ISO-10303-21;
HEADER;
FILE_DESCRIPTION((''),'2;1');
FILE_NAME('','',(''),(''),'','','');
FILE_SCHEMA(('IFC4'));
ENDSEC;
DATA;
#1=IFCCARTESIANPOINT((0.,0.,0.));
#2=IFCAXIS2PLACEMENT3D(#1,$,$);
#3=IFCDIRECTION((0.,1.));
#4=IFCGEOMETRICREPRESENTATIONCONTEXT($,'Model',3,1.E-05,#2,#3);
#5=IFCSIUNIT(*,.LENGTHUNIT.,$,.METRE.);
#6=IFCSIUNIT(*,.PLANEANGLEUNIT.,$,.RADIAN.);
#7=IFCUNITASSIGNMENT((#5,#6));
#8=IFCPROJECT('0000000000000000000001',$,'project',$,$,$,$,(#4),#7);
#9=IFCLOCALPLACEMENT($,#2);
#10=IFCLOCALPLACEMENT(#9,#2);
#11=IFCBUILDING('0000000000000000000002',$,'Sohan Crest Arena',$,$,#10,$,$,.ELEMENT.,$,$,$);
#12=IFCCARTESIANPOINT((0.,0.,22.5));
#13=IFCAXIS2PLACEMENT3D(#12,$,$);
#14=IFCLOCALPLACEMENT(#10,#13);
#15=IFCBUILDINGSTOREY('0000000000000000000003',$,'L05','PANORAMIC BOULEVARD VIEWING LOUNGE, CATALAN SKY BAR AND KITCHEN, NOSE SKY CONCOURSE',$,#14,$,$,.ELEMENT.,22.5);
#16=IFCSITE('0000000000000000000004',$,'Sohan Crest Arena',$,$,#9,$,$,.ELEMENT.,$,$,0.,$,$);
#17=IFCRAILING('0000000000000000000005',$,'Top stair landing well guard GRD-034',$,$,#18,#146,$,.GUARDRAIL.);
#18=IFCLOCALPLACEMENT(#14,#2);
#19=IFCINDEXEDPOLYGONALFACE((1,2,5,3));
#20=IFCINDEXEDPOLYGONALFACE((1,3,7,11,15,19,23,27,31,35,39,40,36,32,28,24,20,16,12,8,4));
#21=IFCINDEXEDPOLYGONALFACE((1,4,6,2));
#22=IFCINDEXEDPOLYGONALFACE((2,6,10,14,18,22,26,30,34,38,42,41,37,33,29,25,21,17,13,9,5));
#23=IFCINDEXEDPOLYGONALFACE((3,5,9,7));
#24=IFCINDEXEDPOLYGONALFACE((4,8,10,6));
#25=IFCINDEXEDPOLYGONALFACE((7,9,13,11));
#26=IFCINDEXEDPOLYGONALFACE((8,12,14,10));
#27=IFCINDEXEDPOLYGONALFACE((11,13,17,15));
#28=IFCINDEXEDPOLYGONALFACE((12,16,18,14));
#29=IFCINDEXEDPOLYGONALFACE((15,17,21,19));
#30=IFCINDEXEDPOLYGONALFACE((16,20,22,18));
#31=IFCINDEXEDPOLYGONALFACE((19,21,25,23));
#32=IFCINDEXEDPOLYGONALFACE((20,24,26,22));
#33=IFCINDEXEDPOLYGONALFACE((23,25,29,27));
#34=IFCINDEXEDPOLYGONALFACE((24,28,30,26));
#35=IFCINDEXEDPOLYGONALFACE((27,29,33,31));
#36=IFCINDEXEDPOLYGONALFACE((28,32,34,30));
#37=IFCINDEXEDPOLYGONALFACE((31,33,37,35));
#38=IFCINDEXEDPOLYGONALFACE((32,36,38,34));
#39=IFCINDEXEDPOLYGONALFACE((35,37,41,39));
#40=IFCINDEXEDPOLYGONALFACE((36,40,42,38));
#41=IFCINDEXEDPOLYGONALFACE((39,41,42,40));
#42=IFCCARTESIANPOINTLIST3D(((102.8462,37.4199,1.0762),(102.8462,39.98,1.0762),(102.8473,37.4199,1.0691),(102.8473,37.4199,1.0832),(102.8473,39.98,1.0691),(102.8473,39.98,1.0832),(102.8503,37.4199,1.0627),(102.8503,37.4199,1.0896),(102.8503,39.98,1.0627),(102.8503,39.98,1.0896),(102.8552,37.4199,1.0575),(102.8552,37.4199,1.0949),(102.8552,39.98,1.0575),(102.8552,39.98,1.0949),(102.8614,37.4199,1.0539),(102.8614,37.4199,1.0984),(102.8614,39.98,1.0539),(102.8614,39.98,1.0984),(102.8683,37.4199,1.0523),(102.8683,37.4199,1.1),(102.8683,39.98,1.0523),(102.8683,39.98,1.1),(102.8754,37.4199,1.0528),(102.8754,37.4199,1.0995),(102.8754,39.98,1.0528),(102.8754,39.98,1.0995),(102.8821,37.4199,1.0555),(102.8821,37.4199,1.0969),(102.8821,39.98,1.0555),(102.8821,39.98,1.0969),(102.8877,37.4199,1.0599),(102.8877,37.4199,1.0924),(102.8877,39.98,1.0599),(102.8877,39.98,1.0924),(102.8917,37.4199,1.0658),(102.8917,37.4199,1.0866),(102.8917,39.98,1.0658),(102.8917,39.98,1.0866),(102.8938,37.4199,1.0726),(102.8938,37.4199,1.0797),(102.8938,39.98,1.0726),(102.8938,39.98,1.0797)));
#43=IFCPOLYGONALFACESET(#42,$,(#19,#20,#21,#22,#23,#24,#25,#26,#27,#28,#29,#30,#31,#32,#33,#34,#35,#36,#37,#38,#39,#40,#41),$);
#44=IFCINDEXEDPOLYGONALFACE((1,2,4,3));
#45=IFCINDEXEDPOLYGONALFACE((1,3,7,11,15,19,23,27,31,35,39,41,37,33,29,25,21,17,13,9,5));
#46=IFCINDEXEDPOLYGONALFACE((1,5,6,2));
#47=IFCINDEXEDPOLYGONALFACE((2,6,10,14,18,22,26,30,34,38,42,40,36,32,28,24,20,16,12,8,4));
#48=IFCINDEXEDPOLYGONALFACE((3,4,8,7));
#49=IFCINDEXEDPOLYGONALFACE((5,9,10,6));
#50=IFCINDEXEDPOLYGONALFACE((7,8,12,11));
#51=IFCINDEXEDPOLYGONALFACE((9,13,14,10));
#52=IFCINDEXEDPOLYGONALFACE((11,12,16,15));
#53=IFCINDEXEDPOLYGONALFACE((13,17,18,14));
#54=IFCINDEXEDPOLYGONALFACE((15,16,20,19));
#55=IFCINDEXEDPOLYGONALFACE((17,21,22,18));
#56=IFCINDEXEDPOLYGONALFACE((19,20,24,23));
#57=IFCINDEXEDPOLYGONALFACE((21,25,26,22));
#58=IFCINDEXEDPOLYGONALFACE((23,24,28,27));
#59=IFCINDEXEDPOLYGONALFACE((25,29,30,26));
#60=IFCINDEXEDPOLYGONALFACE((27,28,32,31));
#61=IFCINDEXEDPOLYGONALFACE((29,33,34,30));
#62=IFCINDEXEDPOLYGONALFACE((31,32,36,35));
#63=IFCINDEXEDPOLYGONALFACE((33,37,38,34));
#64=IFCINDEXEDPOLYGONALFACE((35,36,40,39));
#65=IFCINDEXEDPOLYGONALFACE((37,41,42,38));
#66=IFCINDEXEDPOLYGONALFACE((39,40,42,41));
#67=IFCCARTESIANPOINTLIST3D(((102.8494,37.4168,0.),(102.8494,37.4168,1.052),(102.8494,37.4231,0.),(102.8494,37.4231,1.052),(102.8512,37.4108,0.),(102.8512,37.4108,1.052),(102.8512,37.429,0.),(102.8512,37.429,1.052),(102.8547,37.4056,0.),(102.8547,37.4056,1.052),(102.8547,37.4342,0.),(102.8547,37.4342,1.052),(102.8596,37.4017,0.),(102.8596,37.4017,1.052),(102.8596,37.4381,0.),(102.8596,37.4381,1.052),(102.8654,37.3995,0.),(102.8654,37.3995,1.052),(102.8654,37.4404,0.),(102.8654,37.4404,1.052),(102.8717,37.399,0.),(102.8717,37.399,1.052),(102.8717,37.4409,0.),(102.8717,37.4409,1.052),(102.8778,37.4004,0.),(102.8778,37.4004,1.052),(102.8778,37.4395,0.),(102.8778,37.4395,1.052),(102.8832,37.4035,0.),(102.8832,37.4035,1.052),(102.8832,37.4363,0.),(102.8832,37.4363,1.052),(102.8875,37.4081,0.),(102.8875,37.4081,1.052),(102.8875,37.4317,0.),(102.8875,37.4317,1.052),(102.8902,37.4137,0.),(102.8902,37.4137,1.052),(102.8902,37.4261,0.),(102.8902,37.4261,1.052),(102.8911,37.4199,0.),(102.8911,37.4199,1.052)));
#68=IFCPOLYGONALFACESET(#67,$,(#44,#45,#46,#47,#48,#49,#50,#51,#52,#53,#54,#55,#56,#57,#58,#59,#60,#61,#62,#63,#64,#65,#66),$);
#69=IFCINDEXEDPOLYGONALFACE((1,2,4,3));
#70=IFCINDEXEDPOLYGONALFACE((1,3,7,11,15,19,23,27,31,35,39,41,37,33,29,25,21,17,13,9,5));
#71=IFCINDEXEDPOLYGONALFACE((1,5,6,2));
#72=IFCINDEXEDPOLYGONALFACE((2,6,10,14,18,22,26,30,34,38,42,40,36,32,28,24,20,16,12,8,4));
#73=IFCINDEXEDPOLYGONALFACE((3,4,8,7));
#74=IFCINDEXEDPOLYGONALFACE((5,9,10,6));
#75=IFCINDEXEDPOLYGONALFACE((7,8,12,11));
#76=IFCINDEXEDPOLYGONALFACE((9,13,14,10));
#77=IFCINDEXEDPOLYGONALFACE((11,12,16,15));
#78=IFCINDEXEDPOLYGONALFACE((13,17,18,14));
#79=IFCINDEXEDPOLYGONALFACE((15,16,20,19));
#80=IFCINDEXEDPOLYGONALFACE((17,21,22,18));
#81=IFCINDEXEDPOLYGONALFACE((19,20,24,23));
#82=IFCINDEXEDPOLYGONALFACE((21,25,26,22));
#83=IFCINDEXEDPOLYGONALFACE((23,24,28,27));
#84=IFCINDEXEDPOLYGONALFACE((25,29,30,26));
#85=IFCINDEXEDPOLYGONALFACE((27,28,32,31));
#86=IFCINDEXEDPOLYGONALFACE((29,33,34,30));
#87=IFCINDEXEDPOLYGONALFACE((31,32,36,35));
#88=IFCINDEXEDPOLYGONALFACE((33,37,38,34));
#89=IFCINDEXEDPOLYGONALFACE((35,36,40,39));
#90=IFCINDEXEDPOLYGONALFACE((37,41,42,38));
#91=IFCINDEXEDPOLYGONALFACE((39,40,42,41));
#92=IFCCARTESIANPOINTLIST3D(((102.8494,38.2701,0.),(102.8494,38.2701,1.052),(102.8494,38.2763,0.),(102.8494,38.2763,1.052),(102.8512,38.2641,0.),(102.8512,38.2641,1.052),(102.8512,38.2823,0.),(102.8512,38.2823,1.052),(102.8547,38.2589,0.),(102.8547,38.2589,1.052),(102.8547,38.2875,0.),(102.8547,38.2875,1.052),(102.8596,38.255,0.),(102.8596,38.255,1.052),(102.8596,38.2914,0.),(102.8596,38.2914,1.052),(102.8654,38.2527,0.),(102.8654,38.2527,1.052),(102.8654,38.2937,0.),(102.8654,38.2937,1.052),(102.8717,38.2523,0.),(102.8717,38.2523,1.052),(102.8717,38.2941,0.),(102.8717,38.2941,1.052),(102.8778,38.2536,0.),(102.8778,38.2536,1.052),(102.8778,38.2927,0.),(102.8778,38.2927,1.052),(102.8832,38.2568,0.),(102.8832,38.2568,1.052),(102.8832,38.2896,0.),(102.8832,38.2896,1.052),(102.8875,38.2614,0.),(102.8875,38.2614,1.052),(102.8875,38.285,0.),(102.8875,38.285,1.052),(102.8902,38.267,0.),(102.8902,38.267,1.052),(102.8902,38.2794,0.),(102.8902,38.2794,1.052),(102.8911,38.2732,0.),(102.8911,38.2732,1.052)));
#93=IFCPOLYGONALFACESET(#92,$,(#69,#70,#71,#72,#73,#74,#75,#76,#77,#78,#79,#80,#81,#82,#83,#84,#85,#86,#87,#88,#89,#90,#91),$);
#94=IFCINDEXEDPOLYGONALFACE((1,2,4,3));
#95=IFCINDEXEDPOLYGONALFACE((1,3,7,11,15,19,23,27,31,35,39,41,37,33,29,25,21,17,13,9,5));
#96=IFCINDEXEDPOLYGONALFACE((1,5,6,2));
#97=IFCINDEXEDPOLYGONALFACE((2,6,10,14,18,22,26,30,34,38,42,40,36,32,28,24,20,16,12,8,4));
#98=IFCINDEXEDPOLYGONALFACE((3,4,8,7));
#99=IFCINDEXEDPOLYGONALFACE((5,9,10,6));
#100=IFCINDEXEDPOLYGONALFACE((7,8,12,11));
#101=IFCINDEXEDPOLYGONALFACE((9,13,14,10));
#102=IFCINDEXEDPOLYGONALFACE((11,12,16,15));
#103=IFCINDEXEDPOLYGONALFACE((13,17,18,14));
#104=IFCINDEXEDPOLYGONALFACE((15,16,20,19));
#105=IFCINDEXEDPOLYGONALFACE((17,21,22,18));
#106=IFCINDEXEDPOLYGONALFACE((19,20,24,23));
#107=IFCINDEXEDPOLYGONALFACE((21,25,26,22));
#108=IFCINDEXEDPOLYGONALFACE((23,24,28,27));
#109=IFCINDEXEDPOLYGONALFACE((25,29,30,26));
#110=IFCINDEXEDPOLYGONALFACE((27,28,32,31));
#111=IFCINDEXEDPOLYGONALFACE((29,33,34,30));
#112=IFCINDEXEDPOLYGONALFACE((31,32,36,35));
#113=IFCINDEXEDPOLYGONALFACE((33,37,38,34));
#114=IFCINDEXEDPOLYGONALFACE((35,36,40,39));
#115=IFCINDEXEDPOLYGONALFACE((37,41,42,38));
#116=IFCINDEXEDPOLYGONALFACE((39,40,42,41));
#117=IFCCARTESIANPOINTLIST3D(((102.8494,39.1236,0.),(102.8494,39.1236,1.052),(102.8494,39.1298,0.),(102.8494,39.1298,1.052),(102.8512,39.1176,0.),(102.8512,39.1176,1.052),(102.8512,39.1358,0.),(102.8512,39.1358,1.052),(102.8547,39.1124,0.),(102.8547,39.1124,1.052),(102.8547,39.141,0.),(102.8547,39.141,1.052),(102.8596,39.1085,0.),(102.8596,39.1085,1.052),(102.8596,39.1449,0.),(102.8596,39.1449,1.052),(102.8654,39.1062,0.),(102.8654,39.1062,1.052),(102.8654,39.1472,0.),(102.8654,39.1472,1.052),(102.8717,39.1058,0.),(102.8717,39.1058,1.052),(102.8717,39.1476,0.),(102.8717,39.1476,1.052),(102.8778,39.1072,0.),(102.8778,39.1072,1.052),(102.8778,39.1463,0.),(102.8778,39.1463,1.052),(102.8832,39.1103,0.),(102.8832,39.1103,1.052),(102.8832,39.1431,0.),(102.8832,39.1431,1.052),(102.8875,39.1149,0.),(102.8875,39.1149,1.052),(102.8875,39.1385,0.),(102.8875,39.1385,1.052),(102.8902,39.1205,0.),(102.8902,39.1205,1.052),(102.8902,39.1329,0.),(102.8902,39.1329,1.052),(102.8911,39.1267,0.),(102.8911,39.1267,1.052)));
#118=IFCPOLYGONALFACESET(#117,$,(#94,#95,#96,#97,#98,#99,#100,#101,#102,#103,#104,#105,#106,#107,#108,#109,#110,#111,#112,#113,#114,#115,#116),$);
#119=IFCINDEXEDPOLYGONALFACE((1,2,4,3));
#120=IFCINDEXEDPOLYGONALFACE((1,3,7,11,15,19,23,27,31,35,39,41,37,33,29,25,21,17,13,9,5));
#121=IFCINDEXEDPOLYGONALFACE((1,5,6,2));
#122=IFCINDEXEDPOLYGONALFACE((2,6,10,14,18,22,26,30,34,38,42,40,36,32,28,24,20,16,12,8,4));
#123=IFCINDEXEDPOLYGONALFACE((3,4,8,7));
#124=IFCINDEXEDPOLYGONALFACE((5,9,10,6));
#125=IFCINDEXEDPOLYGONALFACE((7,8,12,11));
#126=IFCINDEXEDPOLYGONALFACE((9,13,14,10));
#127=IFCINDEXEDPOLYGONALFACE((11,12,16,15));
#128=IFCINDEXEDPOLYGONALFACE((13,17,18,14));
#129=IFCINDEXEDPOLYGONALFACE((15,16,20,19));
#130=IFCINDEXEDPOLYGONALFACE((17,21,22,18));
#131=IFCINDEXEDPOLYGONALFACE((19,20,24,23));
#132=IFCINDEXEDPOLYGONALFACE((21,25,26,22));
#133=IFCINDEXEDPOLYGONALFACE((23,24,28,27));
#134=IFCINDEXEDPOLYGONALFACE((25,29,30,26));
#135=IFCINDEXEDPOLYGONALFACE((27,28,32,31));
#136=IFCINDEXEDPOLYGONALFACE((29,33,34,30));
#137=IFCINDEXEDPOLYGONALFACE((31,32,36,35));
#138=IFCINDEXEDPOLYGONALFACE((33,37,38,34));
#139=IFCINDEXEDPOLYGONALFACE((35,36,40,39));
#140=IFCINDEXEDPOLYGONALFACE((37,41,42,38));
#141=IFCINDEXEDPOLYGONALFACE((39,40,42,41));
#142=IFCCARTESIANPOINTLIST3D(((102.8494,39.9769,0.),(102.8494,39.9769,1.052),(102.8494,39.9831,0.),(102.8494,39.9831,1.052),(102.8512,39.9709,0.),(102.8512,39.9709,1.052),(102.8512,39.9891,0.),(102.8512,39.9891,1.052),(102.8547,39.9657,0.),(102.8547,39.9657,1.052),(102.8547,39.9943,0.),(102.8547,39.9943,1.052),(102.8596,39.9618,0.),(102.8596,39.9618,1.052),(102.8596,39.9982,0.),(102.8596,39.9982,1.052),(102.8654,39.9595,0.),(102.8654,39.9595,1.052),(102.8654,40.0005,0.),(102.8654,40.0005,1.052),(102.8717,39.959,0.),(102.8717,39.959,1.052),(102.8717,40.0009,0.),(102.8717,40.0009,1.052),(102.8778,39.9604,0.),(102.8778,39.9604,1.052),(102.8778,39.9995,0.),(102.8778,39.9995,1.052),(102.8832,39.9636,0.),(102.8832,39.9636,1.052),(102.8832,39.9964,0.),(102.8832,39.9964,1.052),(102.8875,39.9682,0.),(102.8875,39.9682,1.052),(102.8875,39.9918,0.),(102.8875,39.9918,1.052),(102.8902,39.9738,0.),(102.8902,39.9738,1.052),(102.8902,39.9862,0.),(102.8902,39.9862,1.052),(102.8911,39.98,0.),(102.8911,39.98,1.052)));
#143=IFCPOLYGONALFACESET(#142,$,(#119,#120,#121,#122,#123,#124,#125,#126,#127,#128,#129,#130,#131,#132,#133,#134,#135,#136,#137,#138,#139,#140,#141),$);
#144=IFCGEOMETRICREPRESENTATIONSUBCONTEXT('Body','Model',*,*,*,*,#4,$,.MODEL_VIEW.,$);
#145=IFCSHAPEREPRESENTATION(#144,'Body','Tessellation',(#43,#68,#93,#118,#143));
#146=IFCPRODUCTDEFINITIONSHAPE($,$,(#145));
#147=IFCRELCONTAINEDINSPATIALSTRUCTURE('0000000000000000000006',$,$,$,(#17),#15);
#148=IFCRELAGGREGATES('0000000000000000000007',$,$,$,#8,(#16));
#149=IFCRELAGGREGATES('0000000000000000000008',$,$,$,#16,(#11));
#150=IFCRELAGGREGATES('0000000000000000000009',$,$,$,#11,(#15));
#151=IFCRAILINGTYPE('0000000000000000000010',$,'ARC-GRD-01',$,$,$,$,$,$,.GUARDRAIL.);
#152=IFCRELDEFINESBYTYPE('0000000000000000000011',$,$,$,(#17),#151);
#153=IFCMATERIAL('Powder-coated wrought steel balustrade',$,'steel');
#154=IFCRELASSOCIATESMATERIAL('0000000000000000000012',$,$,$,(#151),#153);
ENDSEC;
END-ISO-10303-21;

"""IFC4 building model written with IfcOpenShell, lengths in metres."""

from ifc_helpers import new_model, si_unit, direction, frame, origin, origin_2d, place, context, subcontext, project, spatial, circle, extrude, material, type_object, element, save


model = new_model("IFC4")

# Units and contexts
model_context = context("Model", 3, precision=1e-05, world=origin(), true_north=direction((0.0, 1.0)))
body_context = subcontext(model_context, "Body", "Model", "MODEL_VIEW")
ifc_project = project(units=[si_unit("LENGTHUNIT", "METRE"), si_unit("PLANEANGLEUNIT", "RADIAN")], contexts=[model_context])

# Site, building, storey
site_placement = place(None, origin())
site = spatial("IfcSite", under=ifc_project, at=site_placement, Name="Sohan Crest Arena", CompositionType="ELEMENT", RefElevation=0.0)
building_placement = place(site_placement, origin())
building = spatial("IfcBuilding", under=site, at=building_placement, Name="Sohan Crest Arena", CompositionType="ELEMENT")
storey_placement = place(building_placement, frame((0.0, 0.0, 22.5)))
storey = spatial("IfcBuildingStorey", under=building, at=storey_placement, Name="L05", Description="PANORAMIC BOULEVARD VIEWING LOUNGE, CATALAN SKY BAR AND KITCHEN, NOSE SKY CONCOURSE", CompositionType="ELEMENT", Elevation=22.5)

# Railing
ifc_material_1 = material(Name="Powder-coated wrought steel balustrade", Category="steel")
railing_type = type_object("IfcRailingType", Name="ARC-GRD-01", PredefinedType="GUARDRAIL", material=ifc_material_1)
railing_placement = place(storey_placement, frame((102.8701, 37.4199, 0.0)))
element("IfcRailing", 1, at=railing_placement, inside=storey, type_object=railing_type, Name="Top stair landing well guard GRD-034", PredefinedType="GUARDRAIL", context=body_context, shape_type="SweptSolid", body=[
    extrude(circle(Radius=0.0239, at=origin_2d()), frame((0.0, 0.0, 1.0762), z_axis=(0.0, 1.0, 0.0), x_axis=(-1.0, 0.0, 0.0)), (0.0, 0.0, 1.0), 2.5601),
    extrude(circle(Radius=0.021, at=origin_2d()), origin(), (0.0, 0.0, 1.0), 1.052),
    extrude(circle(Radius=0.021, at=origin_2d()), frame((0.0, 0.8533, 0.0)), (0.0, 0.0, 1.0), 1.052),
    extrude(circle(Radius=0.021, at=origin_2d()), frame((0.0, 1.7068, 0.0)), (0.0, 0.0, 1.0), 1.052),
    extrude(circle(Radius=0.021, at=origin_2d()), frame((0.0, 2.5601, 0.0)), (0.0, 0.0, 1.0), 1.052),
])

save(model, "model.ifc")
